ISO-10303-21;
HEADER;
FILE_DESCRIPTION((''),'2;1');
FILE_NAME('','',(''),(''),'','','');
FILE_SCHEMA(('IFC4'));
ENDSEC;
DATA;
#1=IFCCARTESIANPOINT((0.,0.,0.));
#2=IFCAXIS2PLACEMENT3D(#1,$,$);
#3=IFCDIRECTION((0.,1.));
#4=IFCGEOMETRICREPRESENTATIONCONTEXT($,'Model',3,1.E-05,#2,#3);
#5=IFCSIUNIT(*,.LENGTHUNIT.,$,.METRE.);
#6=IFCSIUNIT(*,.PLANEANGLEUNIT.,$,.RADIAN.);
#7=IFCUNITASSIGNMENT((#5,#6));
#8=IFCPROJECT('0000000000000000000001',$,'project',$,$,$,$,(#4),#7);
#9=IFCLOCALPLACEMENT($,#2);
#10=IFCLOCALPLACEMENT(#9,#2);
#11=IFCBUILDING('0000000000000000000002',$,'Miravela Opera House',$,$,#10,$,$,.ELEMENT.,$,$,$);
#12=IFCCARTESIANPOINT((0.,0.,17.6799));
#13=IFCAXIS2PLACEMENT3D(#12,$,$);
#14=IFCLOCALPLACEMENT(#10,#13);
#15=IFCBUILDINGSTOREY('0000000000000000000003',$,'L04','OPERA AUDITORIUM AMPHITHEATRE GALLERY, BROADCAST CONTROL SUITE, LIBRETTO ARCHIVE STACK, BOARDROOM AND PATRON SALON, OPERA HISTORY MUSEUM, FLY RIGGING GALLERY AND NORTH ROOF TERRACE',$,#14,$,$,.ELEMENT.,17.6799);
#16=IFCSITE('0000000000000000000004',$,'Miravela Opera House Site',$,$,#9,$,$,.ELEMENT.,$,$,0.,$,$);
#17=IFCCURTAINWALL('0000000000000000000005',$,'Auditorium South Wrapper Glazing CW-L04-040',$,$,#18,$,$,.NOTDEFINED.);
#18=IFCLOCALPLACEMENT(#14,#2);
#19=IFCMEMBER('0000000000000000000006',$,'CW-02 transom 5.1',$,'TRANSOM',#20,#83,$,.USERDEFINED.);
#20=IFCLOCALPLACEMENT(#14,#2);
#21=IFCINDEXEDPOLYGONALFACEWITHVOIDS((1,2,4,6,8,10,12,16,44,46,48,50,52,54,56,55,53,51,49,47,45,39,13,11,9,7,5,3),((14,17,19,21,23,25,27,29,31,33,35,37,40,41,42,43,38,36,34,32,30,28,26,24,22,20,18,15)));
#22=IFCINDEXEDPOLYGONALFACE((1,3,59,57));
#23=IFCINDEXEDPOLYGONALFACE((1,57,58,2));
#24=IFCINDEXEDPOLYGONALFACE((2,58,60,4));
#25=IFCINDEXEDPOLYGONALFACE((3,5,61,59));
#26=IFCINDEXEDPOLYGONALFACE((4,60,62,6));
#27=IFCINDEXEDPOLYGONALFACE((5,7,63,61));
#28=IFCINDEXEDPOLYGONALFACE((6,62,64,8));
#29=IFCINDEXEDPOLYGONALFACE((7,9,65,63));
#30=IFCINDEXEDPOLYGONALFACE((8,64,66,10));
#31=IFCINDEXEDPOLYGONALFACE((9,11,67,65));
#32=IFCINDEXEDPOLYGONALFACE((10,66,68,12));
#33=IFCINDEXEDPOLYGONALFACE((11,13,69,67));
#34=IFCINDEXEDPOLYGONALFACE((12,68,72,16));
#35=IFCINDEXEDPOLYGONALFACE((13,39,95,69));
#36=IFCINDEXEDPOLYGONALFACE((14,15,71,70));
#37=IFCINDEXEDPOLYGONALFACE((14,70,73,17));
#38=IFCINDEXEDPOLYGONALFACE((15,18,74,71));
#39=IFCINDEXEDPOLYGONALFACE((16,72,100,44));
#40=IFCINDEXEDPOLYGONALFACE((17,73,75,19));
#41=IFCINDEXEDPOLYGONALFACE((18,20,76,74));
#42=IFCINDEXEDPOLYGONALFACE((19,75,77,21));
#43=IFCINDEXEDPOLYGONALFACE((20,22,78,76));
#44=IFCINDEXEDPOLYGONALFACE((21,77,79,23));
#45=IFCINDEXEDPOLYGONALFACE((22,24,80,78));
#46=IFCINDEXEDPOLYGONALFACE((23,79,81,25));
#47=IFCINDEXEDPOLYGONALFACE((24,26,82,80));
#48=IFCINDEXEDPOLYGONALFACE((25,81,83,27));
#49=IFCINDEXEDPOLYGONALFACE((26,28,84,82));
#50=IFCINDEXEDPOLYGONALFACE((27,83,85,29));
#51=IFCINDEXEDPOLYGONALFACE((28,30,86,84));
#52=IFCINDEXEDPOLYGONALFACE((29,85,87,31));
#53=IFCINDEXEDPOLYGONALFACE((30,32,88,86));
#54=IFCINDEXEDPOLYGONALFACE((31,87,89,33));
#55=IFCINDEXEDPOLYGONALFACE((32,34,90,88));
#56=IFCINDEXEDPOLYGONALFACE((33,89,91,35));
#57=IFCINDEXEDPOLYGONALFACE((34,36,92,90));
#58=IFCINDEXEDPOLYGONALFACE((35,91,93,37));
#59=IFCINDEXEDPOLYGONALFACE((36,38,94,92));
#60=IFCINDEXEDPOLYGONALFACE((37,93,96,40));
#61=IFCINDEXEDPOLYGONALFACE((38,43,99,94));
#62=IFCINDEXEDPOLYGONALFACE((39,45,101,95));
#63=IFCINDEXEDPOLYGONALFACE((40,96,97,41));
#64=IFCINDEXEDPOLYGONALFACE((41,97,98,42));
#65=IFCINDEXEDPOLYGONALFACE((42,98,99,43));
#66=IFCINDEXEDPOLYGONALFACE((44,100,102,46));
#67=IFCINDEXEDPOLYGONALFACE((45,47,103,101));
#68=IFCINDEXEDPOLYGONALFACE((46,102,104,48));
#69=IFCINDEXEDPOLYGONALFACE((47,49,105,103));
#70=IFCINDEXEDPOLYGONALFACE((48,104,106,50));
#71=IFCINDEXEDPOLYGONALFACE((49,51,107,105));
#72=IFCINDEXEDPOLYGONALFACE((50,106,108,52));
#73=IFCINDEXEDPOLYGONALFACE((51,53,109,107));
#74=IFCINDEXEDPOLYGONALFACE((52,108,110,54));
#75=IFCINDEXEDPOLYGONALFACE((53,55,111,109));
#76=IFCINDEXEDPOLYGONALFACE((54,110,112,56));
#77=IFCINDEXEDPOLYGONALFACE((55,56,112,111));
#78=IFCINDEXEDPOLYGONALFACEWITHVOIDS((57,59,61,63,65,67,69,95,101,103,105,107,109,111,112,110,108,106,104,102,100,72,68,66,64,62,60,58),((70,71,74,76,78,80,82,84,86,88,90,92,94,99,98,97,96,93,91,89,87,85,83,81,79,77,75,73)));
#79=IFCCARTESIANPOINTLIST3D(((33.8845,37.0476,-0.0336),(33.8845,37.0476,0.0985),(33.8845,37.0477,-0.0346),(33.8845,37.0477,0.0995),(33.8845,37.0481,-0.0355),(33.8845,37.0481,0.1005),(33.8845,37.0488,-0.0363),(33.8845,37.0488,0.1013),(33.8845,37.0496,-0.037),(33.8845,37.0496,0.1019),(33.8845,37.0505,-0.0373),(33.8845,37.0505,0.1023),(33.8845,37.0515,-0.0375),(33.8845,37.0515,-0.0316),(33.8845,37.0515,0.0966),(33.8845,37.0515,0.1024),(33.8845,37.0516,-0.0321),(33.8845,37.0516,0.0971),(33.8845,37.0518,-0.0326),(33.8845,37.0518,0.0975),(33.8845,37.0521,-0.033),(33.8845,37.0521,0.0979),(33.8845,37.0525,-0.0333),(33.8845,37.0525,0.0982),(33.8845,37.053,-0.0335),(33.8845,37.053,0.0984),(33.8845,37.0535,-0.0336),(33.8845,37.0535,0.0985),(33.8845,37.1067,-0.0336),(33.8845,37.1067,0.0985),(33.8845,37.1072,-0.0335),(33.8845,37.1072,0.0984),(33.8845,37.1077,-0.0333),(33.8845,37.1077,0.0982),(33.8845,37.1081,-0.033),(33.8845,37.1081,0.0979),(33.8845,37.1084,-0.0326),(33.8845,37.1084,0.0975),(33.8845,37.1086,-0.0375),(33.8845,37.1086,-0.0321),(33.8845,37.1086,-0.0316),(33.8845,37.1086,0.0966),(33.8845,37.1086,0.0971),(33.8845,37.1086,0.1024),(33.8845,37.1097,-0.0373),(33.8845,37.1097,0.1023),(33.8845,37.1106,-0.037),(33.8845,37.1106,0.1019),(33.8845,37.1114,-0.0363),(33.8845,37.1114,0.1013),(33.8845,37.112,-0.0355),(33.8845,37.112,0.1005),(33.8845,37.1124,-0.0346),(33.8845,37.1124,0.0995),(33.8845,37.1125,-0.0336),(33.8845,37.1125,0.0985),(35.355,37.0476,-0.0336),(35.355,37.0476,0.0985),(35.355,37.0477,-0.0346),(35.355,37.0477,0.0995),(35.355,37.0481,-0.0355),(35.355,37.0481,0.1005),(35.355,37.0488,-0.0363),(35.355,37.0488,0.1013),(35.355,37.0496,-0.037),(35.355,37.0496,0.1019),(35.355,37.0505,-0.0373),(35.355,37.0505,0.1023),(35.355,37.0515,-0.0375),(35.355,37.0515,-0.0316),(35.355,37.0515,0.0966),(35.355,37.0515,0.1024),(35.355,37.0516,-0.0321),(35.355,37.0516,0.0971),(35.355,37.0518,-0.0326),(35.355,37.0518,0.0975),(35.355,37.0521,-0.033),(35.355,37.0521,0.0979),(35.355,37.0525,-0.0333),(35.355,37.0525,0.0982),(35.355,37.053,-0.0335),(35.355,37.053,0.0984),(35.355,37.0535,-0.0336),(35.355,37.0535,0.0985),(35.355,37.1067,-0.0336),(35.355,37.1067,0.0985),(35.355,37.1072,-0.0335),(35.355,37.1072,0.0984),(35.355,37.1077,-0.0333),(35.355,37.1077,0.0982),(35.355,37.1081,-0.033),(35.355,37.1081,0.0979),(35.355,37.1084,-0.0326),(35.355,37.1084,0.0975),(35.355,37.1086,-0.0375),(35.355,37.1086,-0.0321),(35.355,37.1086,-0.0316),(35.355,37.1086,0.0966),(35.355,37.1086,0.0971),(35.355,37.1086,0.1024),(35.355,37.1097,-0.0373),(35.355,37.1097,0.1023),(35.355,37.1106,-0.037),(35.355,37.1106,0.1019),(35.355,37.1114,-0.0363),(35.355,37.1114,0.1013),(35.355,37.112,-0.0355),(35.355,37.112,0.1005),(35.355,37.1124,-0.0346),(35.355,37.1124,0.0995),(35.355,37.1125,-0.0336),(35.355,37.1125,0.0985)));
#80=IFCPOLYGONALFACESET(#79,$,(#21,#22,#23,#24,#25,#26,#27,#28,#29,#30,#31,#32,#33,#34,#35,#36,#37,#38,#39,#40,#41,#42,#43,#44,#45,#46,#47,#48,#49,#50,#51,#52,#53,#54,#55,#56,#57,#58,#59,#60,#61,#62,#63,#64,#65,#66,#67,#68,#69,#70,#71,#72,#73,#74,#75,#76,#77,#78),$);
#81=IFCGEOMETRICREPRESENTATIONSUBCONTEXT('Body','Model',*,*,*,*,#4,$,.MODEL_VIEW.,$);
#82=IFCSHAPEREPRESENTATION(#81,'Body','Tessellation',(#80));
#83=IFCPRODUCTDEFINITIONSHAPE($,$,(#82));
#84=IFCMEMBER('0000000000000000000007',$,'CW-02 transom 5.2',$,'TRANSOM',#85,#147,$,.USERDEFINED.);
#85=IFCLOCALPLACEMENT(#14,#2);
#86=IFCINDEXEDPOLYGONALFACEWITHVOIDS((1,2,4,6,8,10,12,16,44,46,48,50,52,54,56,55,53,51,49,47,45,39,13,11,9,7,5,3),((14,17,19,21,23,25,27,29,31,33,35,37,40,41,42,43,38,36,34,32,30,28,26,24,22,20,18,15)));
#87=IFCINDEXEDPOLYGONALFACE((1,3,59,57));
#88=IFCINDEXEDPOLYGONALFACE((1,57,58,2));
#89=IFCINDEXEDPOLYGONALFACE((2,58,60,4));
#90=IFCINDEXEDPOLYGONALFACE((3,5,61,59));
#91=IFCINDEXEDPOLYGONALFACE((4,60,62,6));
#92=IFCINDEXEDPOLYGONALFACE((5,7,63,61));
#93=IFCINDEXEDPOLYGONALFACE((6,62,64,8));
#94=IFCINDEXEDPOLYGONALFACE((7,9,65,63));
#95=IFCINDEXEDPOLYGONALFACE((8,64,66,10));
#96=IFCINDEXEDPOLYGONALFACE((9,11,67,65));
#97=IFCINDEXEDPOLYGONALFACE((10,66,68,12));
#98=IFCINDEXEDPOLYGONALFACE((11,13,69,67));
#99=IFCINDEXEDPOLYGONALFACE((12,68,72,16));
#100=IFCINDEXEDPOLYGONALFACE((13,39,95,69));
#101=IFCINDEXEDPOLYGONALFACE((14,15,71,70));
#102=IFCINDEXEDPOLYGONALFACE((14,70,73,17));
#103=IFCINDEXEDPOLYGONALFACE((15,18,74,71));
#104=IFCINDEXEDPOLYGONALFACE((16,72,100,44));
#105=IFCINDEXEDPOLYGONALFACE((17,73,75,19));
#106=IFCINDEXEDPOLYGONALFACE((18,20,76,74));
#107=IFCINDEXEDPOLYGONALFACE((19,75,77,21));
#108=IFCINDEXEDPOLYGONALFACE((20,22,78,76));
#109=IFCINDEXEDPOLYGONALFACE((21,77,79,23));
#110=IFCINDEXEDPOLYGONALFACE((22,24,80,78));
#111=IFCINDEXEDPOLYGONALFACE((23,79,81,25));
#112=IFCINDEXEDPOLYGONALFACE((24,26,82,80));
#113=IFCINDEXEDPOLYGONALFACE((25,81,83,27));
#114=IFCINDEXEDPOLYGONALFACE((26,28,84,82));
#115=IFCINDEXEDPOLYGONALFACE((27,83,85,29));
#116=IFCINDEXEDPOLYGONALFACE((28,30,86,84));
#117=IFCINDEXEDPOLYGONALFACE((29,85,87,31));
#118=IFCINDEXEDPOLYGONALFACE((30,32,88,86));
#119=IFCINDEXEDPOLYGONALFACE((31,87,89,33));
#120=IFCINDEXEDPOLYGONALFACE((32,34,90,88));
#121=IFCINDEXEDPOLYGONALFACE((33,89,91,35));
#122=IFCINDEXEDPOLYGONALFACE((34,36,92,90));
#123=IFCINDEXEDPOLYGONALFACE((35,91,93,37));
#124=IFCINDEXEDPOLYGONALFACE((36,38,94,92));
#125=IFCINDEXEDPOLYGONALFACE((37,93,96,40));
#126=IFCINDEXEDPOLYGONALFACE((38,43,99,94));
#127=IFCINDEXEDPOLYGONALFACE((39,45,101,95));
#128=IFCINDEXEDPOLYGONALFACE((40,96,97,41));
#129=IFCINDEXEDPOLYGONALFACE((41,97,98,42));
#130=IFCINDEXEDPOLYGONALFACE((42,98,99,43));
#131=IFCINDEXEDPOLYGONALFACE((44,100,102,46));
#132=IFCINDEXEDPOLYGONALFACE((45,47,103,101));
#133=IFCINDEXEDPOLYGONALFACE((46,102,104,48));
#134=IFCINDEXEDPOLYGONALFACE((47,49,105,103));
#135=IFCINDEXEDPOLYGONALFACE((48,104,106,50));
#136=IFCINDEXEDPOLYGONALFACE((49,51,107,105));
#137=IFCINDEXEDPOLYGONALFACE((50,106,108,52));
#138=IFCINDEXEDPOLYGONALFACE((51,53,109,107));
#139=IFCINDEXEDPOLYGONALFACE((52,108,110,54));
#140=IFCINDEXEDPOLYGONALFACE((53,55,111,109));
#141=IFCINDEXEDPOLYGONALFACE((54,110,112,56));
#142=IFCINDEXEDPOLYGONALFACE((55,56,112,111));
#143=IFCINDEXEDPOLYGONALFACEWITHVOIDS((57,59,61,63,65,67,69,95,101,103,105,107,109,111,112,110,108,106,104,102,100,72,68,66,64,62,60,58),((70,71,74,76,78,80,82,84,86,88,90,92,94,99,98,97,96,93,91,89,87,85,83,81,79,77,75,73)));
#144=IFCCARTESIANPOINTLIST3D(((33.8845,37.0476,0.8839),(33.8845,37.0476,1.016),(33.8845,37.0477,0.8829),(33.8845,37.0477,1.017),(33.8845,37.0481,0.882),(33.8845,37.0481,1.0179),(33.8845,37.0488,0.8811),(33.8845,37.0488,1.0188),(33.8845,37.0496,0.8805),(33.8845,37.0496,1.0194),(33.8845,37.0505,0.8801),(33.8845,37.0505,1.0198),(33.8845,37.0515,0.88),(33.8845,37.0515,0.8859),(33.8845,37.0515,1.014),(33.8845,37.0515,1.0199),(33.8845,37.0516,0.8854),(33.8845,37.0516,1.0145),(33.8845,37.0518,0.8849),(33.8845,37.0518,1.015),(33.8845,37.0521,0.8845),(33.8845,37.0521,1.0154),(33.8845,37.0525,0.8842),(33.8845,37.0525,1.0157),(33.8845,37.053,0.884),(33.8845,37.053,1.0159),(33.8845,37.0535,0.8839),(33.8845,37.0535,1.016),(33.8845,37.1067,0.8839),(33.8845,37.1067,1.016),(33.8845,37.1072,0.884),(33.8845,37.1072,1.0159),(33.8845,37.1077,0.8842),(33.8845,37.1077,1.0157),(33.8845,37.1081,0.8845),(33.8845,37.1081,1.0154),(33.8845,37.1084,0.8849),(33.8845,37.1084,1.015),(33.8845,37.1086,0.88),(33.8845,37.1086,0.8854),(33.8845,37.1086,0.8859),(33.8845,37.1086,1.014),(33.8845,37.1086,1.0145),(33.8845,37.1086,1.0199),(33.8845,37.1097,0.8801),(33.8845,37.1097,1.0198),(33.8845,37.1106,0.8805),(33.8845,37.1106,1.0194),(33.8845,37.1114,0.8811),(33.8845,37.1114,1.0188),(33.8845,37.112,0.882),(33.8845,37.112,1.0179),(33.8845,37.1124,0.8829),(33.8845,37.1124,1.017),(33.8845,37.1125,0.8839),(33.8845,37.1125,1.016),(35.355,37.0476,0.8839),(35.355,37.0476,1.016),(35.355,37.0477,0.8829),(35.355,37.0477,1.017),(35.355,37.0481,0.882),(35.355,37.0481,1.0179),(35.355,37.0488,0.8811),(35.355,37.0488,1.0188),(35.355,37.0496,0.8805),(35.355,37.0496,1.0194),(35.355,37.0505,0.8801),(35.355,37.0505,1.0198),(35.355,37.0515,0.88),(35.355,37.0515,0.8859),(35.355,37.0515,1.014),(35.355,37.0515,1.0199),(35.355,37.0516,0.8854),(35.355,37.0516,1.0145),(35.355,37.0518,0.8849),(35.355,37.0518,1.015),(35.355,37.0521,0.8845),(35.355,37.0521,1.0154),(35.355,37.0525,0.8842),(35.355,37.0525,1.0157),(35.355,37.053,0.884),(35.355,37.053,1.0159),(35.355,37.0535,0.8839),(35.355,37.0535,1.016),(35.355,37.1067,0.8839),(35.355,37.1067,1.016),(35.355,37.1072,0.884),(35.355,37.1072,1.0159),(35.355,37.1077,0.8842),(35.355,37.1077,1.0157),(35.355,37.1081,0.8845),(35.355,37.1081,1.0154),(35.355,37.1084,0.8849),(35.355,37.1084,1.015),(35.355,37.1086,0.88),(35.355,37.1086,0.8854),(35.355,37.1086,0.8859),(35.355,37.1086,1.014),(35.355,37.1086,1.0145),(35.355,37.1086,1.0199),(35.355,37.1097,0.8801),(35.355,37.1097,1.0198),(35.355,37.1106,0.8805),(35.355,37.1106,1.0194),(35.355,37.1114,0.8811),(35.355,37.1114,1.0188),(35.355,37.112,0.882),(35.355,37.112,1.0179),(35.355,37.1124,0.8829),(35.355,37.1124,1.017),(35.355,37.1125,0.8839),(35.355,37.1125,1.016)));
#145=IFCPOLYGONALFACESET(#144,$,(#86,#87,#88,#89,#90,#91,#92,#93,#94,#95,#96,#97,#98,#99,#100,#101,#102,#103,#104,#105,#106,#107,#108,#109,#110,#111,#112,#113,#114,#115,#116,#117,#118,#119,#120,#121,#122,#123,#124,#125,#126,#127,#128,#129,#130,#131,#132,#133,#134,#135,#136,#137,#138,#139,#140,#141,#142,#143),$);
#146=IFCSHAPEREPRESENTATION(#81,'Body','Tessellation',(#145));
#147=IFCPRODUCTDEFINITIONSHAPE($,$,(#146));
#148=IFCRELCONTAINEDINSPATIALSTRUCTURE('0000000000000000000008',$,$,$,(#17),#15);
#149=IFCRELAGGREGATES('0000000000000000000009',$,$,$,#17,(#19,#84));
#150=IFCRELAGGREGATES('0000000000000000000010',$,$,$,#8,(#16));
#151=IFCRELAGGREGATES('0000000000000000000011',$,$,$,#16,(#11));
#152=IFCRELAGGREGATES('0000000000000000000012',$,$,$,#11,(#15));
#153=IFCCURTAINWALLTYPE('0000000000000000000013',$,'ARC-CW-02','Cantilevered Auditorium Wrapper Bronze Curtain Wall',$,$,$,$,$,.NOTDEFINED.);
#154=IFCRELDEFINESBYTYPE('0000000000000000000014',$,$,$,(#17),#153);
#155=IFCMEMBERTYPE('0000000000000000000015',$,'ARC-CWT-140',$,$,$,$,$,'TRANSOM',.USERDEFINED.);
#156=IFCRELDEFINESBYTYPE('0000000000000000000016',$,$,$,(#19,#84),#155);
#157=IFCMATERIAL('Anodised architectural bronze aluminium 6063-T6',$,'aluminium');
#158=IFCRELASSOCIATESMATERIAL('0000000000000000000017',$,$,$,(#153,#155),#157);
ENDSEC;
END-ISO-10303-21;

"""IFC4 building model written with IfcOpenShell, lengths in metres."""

from ifc_helpers import new_model, si_unit, direction, frame, origin, origin_2d, place, context, subcontext, project, spatial, hollow_rectangle, extrude, material, material_profile, profile_set, type_object, element, aggregate, save


model = new_model("IFC4")

# Units and contexts
model_context = context("Model", 3, precision=1e-05, world=origin(), true_north=direction((0.0, 1.0)))
body_context = subcontext(model_context, "Body", "Model", "MODEL_VIEW")
ifc_project = project(units=[si_unit("LENGTHUNIT", "METRE"), si_unit("PLANEANGLEUNIT", "RADIAN")], contexts=[model_context])

# Site, building, storey
site_placement = place(None, origin())
site = spatial("IfcSite", under=ifc_project, at=site_placement, Name="Miravela Opera House Site", CompositionType="ELEMENT", RefElevation=0.0)
building_placement = place(site_placement, origin())
building = spatial("IfcBuilding", under=site, at=building_placement, Name="Miravela Opera House", CompositionType="ELEMENT")
storey_placement = place(building_placement, frame((0.0, 0.0, 17.6799)))
storey = spatial("IfcBuildingStorey", under=building, at=storey_placement, Name="L04", Description="OPERA AUDITORIUM AMPHITHEATRE GALLERY, BROADCAST CONTROL SUITE, LIBRETTO ARCHIVE STACK, BOARDROOM AND PATRON SALON, OPERA HISTORY MUSEUM, FLY RIGGING GALLERY AND NORTH ROOF TERRACE", CompositionType="ELEMENT", Elevation=17.6799)

# Curtain wall
ifc_material_1 = material(Name="Anodised architectural bronze aluminium 6063-T6", Category="aluminium")
curtain_wall_type = type_object("IfcCurtainWallType", Name="ARC-CW-02", Description="Cantilevered Auditorium Wrapper Bronze Curtain Wall", PredefinedType="NOTDEFINED", material=ifc_material_1)
curtain_wall_1_placement = place(storey_placement, origin())
curtain_wall_1 = element("IfcCurtainWall", 1, at=curtain_wall_1_placement, inside=storey, type_object=curtain_wall_type, Name="Auditorium South Wrapper Glazing CW-L04-040", PredefinedType="NOTDEFINED")

# Members
ifc_material_profile_1 = material_profile(ifc_material_1, hollow_rectangle(XDim=0.0649, YDim=0.1399, WallThickness=0.0039, InnerFilletRadius=0.002, OuterFilletRadius=0.0039, at=origin_2d()), Name="CWT-65X140")
ifc_profile_set_1 = profile_set([ifc_material_profile_1])
member_type_1 = type_object("IfcMemberType", Name="ARC-CWT-140", ElementType="TRANSOM", PredefinedType="USERDEFINED", material=ifc_profile_set_1)
member_1_placement = place(storey_placement, frame((33.8845, 37.0801, 0.0325), z_axis=(1.0, 0.0, 0.0), x_axis=(0.0, 1.0, 0.0)))
member_1 = element("IfcMember", 2, at=member_1_placement, type_object=member_type_1, Name="CW-02 transom 5.1", ObjectType="TRANSOM", PredefinedType="USERDEFINED", context=body_context, shape_type="SweptSolid", body=[
    extrude(hollow_rectangle(XDim=0.0649, YDim=0.1399, WallThickness=0.0039, InnerFilletRadius=0.002, OuterFilletRadius=0.0039, at=origin_2d()), origin(), (0.0, 0.0, 1.0), 1.4705),
])
member_2_placement = place(storey_placement, frame((33.8845, 37.0801, 0.95), z_axis=(1.0, 0.0, 0.0), x_axis=(0.0, 1.0, 0.0)))
member_2 = element("IfcMember", 3, at=member_2_placement, type_object=member_type_1, Name="CW-02 transom 5.2", ObjectType="TRANSOM", PredefinedType="USERDEFINED", context=body_context, shape_type="SweptSolid", body=[
    extrude(hollow_rectangle(XDim=0.0649, YDim=0.1399, WallThickness=0.0039, InnerFilletRadius=0.002, OuterFilletRadius=0.0039, at=origin_2d()), origin(), (0.0, 0.0, 1.0), 1.4705),
])

aggregate(curtain_wall_1, [member_1, member_2])

save(model, "model.ifc")
